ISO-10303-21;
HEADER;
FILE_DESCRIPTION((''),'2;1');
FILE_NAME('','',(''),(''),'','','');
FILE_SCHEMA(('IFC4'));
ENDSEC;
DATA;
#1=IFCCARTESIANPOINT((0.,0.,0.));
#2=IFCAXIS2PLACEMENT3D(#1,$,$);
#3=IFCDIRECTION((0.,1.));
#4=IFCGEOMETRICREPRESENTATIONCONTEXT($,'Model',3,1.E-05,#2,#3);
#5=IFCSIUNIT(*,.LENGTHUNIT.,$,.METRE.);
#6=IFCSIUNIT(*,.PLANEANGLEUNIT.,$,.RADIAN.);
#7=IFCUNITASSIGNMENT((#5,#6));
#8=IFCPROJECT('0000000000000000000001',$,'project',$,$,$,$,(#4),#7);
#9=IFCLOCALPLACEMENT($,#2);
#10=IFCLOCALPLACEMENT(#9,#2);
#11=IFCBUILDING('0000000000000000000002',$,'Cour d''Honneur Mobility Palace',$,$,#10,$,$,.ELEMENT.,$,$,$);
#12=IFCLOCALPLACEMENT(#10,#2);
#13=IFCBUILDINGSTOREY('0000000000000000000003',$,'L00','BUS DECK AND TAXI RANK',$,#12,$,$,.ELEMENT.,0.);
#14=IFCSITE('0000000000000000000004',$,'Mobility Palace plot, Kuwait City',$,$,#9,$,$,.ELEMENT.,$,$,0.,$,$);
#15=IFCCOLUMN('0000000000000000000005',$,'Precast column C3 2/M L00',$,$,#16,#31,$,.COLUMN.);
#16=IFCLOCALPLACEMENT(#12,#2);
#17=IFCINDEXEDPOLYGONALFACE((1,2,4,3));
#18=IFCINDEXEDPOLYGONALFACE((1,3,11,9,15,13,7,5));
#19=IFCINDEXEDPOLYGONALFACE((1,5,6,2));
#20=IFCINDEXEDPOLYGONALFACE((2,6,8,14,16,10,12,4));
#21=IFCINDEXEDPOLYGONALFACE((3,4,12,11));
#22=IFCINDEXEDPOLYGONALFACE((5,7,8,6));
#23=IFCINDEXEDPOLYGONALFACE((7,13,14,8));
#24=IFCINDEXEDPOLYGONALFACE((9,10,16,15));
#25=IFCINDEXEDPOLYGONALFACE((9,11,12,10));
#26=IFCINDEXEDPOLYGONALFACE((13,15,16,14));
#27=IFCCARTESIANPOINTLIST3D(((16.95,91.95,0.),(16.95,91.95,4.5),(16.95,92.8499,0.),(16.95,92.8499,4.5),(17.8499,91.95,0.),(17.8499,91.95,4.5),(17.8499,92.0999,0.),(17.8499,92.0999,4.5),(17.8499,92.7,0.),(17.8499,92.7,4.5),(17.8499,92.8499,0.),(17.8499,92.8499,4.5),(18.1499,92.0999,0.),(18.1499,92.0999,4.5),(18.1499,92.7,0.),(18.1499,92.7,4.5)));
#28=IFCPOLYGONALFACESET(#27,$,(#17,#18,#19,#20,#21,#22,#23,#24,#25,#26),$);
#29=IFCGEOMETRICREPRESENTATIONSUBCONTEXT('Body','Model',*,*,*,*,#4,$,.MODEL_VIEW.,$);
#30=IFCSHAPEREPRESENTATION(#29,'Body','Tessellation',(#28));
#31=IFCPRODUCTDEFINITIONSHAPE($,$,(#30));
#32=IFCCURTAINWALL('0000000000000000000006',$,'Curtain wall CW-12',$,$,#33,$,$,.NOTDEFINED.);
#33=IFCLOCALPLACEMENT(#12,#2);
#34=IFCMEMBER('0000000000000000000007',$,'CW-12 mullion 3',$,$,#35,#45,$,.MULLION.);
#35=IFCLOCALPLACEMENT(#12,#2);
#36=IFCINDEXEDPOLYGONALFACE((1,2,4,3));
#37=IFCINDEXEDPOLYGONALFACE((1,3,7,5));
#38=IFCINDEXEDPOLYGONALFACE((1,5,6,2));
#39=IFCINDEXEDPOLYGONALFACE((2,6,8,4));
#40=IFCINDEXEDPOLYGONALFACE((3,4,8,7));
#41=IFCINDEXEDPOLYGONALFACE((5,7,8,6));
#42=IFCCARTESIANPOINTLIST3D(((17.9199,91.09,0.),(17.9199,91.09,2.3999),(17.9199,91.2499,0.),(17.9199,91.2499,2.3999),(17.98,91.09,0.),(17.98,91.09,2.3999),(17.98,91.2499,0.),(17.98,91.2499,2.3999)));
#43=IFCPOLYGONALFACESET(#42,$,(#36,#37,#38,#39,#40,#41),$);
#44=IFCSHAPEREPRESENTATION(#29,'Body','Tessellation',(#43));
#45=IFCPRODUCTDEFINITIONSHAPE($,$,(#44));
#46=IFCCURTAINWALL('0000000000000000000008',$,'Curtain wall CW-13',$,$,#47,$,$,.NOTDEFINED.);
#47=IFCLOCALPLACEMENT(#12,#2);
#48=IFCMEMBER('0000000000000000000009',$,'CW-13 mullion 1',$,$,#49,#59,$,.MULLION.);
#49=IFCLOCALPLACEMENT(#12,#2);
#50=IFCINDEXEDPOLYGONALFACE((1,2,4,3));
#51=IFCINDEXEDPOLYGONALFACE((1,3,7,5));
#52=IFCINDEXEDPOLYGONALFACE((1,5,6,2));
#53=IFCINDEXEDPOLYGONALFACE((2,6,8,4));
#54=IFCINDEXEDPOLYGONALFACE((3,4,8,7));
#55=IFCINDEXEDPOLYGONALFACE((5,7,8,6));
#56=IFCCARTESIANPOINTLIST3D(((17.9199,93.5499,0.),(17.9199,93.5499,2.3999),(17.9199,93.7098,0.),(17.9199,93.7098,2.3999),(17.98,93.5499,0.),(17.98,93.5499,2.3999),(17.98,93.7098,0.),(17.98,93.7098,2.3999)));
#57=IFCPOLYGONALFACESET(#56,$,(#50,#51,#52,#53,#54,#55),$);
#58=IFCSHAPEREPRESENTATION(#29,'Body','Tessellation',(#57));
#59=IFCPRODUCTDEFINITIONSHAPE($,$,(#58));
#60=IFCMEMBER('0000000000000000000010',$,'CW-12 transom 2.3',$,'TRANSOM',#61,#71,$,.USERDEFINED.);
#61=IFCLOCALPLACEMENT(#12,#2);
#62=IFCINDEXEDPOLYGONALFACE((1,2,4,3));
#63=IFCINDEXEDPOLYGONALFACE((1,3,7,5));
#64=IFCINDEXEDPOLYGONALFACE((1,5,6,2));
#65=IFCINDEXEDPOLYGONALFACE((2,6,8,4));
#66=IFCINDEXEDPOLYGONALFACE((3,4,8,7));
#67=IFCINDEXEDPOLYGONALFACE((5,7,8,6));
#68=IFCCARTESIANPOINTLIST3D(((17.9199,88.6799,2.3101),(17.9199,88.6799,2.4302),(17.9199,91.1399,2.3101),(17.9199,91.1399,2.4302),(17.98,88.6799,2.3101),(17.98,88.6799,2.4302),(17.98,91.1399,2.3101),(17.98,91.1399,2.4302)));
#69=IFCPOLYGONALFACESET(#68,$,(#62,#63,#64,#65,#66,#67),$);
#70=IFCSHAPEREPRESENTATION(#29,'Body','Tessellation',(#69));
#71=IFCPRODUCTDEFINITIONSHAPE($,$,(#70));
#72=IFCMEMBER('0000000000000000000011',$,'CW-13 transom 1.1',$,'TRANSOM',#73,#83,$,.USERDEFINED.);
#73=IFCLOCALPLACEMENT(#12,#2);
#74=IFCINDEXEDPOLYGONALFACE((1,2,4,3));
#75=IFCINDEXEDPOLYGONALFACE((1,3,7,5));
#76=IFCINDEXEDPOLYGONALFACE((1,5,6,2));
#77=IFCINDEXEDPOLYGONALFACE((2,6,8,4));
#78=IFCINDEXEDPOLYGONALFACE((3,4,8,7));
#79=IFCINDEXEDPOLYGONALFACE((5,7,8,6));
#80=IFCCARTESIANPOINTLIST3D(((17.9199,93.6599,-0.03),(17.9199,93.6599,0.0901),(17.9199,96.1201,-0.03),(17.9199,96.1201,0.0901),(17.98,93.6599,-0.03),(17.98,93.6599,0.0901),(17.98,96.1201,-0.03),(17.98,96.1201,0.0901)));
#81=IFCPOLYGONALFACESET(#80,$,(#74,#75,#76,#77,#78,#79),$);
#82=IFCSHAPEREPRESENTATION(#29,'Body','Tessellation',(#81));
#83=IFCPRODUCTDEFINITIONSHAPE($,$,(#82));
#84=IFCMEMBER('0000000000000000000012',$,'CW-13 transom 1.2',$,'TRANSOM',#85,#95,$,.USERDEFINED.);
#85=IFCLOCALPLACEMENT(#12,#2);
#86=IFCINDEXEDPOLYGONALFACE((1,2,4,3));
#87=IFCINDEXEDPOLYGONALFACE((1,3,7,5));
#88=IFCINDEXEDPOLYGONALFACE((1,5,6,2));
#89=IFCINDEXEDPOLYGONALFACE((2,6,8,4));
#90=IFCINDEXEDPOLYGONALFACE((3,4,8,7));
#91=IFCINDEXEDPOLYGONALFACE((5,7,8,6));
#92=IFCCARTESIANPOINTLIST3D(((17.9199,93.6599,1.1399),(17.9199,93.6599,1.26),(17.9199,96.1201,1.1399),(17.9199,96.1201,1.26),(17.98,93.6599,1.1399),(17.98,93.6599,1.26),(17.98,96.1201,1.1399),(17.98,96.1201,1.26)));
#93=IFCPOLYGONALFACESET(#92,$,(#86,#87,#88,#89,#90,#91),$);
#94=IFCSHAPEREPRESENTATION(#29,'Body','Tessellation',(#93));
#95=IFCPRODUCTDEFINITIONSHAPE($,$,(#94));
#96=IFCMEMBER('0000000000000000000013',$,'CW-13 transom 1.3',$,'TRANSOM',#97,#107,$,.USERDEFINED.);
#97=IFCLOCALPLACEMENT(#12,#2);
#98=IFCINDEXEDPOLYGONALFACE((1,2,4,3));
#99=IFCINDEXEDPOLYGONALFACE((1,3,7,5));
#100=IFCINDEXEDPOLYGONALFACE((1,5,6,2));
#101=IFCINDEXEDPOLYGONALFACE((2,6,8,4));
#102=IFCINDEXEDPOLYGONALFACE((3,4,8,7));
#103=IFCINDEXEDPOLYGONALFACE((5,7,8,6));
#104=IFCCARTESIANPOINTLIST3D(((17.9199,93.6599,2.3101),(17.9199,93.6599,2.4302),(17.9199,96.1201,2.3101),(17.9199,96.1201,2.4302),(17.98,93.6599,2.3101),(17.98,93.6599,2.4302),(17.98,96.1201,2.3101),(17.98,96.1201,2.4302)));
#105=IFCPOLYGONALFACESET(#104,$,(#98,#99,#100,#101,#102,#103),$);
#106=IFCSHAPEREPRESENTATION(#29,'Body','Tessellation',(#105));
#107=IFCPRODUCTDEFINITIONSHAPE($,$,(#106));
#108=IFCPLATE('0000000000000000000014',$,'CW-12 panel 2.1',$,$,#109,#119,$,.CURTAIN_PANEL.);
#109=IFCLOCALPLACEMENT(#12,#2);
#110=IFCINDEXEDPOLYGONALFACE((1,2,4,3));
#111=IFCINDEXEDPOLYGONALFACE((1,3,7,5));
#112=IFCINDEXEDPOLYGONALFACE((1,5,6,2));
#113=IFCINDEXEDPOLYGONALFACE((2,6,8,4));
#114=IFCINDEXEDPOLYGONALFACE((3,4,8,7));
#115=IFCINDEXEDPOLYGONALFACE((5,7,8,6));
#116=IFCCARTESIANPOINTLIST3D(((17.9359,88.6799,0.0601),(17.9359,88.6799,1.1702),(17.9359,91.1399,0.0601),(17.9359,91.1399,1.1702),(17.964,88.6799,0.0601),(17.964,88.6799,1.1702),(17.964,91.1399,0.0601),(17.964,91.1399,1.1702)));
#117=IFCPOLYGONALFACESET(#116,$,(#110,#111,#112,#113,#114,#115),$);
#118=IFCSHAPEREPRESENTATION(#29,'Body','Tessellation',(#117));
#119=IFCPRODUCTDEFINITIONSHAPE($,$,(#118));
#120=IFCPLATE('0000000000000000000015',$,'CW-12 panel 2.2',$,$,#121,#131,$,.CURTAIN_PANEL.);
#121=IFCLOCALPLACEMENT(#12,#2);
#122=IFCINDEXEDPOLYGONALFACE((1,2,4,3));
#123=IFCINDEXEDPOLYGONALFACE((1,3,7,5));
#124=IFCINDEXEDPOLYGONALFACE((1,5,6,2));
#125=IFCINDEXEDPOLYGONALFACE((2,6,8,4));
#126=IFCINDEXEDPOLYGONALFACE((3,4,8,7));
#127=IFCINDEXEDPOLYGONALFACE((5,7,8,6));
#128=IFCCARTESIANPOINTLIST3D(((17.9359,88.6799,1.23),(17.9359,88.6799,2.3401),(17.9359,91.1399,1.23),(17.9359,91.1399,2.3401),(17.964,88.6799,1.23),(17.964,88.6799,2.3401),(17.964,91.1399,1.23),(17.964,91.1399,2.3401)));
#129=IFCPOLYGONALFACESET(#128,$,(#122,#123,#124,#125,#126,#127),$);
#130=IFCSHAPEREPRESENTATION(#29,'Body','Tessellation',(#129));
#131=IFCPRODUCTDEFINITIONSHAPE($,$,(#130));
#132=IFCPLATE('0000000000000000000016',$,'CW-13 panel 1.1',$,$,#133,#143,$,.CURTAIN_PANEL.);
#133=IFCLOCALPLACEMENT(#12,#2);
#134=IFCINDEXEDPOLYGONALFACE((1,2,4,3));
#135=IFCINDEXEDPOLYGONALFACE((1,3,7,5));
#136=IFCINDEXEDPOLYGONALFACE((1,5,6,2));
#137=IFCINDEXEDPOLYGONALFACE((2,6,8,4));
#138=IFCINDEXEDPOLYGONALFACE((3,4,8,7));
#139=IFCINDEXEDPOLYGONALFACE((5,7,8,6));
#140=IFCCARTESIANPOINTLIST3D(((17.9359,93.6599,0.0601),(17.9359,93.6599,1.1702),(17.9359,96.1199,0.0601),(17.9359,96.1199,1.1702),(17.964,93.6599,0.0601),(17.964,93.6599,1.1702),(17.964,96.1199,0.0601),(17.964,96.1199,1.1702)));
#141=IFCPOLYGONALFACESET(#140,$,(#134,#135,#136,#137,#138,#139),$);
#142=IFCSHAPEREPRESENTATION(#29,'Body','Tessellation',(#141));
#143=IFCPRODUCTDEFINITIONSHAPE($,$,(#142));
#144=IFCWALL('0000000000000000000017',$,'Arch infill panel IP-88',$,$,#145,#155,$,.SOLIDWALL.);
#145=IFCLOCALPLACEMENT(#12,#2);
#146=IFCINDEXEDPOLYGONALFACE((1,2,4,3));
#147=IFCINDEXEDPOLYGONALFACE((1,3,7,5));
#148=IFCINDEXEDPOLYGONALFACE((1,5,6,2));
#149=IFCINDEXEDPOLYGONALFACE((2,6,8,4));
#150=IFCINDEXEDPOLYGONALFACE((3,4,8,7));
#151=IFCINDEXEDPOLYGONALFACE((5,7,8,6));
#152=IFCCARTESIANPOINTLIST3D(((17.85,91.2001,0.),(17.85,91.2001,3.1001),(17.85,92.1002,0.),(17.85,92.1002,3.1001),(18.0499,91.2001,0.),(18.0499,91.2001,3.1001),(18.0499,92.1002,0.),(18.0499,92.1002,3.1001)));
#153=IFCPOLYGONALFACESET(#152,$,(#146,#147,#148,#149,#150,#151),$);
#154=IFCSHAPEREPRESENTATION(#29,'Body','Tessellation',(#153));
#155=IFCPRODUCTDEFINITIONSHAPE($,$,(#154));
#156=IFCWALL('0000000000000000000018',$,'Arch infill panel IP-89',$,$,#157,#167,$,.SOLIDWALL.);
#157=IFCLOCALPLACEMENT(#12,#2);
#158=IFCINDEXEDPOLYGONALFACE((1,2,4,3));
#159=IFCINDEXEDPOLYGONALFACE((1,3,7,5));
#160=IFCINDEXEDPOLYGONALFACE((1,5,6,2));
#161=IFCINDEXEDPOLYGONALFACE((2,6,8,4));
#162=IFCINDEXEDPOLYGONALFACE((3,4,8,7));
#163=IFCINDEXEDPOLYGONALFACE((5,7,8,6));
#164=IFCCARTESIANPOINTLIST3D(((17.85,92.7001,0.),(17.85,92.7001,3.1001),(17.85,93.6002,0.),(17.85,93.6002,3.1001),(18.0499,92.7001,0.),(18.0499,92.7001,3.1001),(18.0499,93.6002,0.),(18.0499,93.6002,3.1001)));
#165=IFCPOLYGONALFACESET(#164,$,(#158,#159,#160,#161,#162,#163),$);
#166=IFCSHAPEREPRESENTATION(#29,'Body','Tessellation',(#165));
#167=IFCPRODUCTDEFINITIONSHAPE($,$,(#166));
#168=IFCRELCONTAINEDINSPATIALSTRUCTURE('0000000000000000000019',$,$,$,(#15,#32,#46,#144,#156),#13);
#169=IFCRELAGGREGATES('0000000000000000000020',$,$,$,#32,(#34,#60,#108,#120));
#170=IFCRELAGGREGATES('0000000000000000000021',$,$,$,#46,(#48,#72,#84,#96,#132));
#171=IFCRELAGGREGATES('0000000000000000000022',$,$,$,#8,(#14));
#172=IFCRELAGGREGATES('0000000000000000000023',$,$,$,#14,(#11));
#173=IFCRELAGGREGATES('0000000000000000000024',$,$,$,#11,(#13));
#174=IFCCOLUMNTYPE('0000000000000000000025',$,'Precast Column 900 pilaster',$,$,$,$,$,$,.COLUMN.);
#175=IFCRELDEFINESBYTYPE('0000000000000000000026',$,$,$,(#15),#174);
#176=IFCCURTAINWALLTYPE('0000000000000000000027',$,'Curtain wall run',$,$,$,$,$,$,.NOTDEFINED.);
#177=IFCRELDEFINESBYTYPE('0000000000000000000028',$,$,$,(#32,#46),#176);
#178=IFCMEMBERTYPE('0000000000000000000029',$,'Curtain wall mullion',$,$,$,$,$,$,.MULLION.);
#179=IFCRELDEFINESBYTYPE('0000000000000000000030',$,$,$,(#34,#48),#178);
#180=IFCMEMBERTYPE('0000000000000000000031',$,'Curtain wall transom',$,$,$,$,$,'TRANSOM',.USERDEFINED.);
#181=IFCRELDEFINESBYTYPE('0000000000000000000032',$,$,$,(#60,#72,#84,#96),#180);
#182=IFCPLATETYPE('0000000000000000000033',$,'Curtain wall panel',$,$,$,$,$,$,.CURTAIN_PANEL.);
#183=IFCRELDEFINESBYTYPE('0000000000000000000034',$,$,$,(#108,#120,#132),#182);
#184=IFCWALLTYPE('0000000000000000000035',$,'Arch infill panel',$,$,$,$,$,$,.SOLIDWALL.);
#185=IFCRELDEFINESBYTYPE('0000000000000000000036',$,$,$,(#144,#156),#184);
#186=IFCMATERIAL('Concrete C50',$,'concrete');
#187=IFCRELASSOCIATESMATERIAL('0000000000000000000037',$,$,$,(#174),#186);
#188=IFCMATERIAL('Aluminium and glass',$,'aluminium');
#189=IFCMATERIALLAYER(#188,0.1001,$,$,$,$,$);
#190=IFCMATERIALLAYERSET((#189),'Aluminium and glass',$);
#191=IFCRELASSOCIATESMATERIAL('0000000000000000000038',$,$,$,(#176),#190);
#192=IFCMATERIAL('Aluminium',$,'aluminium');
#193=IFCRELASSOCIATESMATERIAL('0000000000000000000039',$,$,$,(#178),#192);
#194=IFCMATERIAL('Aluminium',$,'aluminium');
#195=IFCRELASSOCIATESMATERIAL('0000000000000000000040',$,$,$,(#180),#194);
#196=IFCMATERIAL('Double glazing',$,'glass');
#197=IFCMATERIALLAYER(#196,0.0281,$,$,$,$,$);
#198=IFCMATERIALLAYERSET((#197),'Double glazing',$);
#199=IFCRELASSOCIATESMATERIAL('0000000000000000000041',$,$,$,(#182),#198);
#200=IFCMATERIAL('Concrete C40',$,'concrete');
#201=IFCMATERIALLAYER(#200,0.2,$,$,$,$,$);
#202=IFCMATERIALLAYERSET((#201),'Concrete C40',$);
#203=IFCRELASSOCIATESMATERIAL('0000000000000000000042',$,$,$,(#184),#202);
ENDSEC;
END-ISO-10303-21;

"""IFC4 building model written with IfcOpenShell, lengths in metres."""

from ifc_helpers import new_model, si_unit, direction, frame, frame_2d, origin, origin_2d, place, context, subcontext, project, spatial, polyline, rectangle, outline, extrude, material, layer, layer_set, material_profile, profile_set, type_object, element, aggregate, save


model = new_model("IFC4")

# Units and contexts
model_context = context("Model", 3, precision=1e-05, world=origin(), true_north=direction((0.0, 1.0)))
body_context = subcontext(model_context, "Body", "Model", "MODEL_VIEW")
ifc_project = project(units=[si_unit("LENGTHUNIT", "METRE"), si_unit("PLANEANGLEUNIT", "RADIAN")], contexts=[model_context])

# Site, building, storey
site_placement = place(None, origin())
site = spatial("IfcSite", under=ifc_project, at=site_placement, Name="Mobility Palace plot, Kuwait City", CompositionType="ELEMENT", RefElevation=0.0)
building_placement = place(site_placement, origin())
building = spatial("IfcBuilding", under=site, at=building_placement, Name="Cour d'Honneur Mobility Palace", CompositionType="ELEMENT")
storey_placement = place(building_placement, origin())
storey = spatial("IfcBuildingStorey", under=building, at=storey_placement, Name="L00", Description="BUS DECK AND TAXI RANK", CompositionType="ELEMENT", Elevation=0.0)

# Column
ifc_material_1 = material(Name="Concrete C50", Category="concrete")
ifc_material_profile_1 = material_profile(ifc_material_1, outline(polyline([(-0.45, -0.45), (0.45, -0.45), (0.45, -0.3), (0.75, -0.3), (0.75, 0.3), (0.45, 0.3), (0.45, 0.45), (-0.45, 0.45), (-0.45, -0.45)])), Name="PC C900 pilaster")
ifc_profile_set_1 = profile_set([ifc_material_profile_1], Name="Concrete C50")
column_type_1 = type_object("IfcColumnType", Name="Precast Column 900 pilaster", PredefinedType="COLUMN", material=ifc_profile_set_1)
column_placement = place(storey_placement, frame((17.3999, 92.3999, 0.0), z_axis=(0.0, 0.0, 1.0), x_axis=(1.0, 0.0, 0.0)))
element("IfcColumn", 1, at=column_placement, inside=storey, type_object=column_type_1, Name="Precast column C3 2/M L00", PredefinedType="COLUMN", context=body_context, shape_type="SweptSolid", body=[
    extrude(outline(polyline([(-0.45, -0.45), (0.45, -0.45), (0.45, -0.3), (0.75, -0.3), (0.75, 0.3), (0.45, 0.3), (0.45, 0.45), (-0.45, 0.45), (-0.45, -0.45)])), origin(), (0.0, 0.0, 1.0), 4.5),
])

# Curtain walls, members
ifc_material_2 = material(Name="Aluminium and glass", Category="aluminium")
ifc_layer_1 = layer(ifc_material_2, 0.1001)
ifc_layer_set_1 = layer_set([ifc_layer_1], Name="Aluminium and glass")
curtain_wall_type = type_object("IfcCurtainWallType", Name="Curtain wall run", PredefinedType="NOTDEFINED", material=ifc_layer_set_1)
curtain_wall_1_placement = place(storey_placement, origin())
curtain_wall_1 = element("IfcCurtainWall", 2, at=curtain_wall_1_placement, inside=storey, type_object=curtain_wall_type, Name="Curtain wall CW-12", PredefinedType="NOTDEFINED")
ifc_material_3 = material(Name="Aluminium", Category="aluminium")
ifc_material_profile_2 = material_profile(ifc_material_3, rectangle(XDim=0.0601, YDim=0.1599, at=origin_2d()), Name="Curtain wall mullion")
ifc_profile_set_2 = profile_set([ifc_material_profile_2], Name="Aluminium")
member_type_1 = type_object("IfcMemberType", Name="Curtain wall mullion", PredefinedType="MULLION", material=ifc_profile_set_2)
member_1_placement = place(storey_placement, frame((17.95, 91.1699, 0.0), z_axis=(0.0, 0.0, 1.0), x_axis=(-1.0, 0.0, 0.0)))
member_1 = element("IfcMember", 3, at=member_1_placement, type_object=member_type_1, Name="CW-12 mullion 3", PredefinedType="MULLION", context=body_context, shape_type="SweptSolid", body=[
    extrude(rectangle(XDim=0.0601, YDim=0.1599, at=origin_2d()), origin(), (0.0, 0.0, 1.0), 2.3999),
])
curtain_wall_2_placement = place(storey_placement, origin())
curtain_wall_2 = element("IfcCurtainWall", 4, at=curtain_wall_2_placement, inside=storey, type_object=curtain_wall_type, Name="Curtain wall CW-13", PredefinedType="NOTDEFINED")
member_2_placement = place(storey_placement, frame((17.95, 93.6299, 0.0), z_axis=(0.0, 0.0, 1.0), x_axis=(-1.0, 0.0, 0.0)))
member_2 = element("IfcMember", 5, at=member_2_placement, type_object=member_type_1, Name="CW-13 mullion 1", PredefinedType="MULLION", context=body_context, shape_type="SweptSolid", body=[
    extrude(rectangle(XDim=0.0601, YDim=0.1599, at=origin_2d()), origin(), (0.0, 0.0, 1.0), 2.3999),
])

# Members
ifc_material_4 = material(Name="Aluminium", Category="aluminium")
ifc_material_profile_3 = material_profile(ifc_material_4, rectangle(XDim=0.0601, YDim=0.1201, at=origin_2d()), Name="Curtain wall transom")
ifc_profile_set_3 = profile_set([ifc_material_profile_3], Name="Aluminium")
member_type_2 = type_object("IfcMemberType", Name="Curtain wall transom", ElementType="TRANSOM", PredefinedType="USERDEFINED", material=ifc_profile_set_3)
member_3_placement = place(storey_placement, frame((17.95, 88.6799, 2.3701), z_axis=(0.0, 1.0, 0.0), x_axis=(-1.0, 0.0, 0.0)))
member_3 = element("IfcMember", 6, at=member_3_placement, type_object=member_type_2, Name="CW-12 transom 2.3", ObjectType="TRANSOM", PredefinedType="USERDEFINED", context=body_context, shape_type="SweptSolid", body=[
    extrude(rectangle(XDim=0.0601, YDim=0.1201, at=origin_2d()), origin(), (0.0, 0.0, 1.0), 2.46),
])
member_4_placement = place(storey_placement, frame((17.95, 93.6599, 0.03), z_axis=(0.0, 1.0, 0.0), x_axis=(-1.0, 0.0, 0.0)))
member_4 = element("IfcMember", 7, at=member_4_placement, type_object=member_type_2, Name="CW-13 transom 1.1", ObjectType="TRANSOM", PredefinedType="USERDEFINED", context=body_context, shape_type="SweptSolid", body=[
    extrude(rectangle(XDim=0.0601, YDim=0.1201, at=origin_2d()), origin(), (0.0, 0.0, 1.0), 2.4602),
])
member_5_placement = place(storey_placement, frame((17.95, 93.6599, 1.2), z_axis=(0.0, 1.0, 0.0), x_axis=(-1.0, 0.0, 0.0)))
member_5 = element("IfcMember", 8, at=member_5_placement, type_object=member_type_2, Name="CW-13 transom 1.2", ObjectType="TRANSOM", PredefinedType="USERDEFINED", context=body_context, shape_type="SweptSolid", body=[
    extrude(rectangle(XDim=0.0601, YDim=0.1201, at=origin_2d()), origin(), (0.0, 0.0, 1.0), 2.4602),
])
member_6_placement = place(storey_placement, frame((17.95, 93.6599, 2.3701), z_axis=(0.0, 1.0, 0.0), x_axis=(-1.0, 0.0, 0.0)))
member_6 = element("IfcMember", 9, at=member_6_placement, type_object=member_type_2, Name="CW-13 transom 1.3", ObjectType="TRANSOM", PredefinedType="USERDEFINED", context=body_context, shape_type="SweptSolid", body=[
    extrude(rectangle(XDim=0.0601, YDim=0.1201, at=origin_2d()), origin(), (0.0, 0.0, 1.0), 2.4602),
])

# Plates
ifc_material_5 = material(Name="Double glazing", Category="glass")
ifc_layer_2 = layer(ifc_material_5, 0.0281)
ifc_layer_set_2 = layer_set([ifc_layer_2], Name="Double glazing")
plate_type = type_object("IfcPlateType", Name="Curtain wall panel", PredefinedType="CURTAIN_PANEL", material=ifc_layer_set_2)
plate_1_placement = place(storey_placement, frame((17.95, 89.9099, 0.0601), z_axis=(0.0, 0.0, 1.0), x_axis=(0.0, 1.0, 0.0)))
plate_1 = element("IfcPlate", 10, at=plate_1_placement, type_object=plate_type, Name="CW-12 panel 2.1", PredefinedType="CURTAIN_PANEL", context=body_context, shape_type="SweptSolid", body=[
    extrude(rectangle(XDim=2.46, YDim=0.0281, at=origin_2d()), origin(), (0.0, 0.0, 1.0), 1.1101),
])
plate_2_placement = place(storey_placement, frame((17.95, 89.9099, 1.23), z_axis=(0.0, 0.0, 1.0), x_axis=(0.0, 1.0, 0.0)))
plate_2 = element("IfcPlate", 11, at=plate_2_placement, type_object=plate_type, Name="CW-12 panel 2.2", PredefinedType="CURTAIN_PANEL", context=body_context, shape_type="SweptSolid", body=[
    extrude(rectangle(XDim=2.46, YDim=0.0281, at=origin_2d()), origin(), (0.0, 0.0, 1.0), 1.1101),
])
aggregate(curtain_wall_1, [member_1, member_3, plate_1, plate_2])
plate_3_placement = place(storey_placement, frame((17.95, 94.8899, 0.0601), z_axis=(0.0, 0.0, 1.0), x_axis=(0.0, 1.0, 0.0)))
plate_3 = element("IfcPlate", 12, at=plate_3_placement, type_object=plate_type, Name="CW-13 panel 1.1", PredefinedType="CURTAIN_PANEL", context=body_context, shape_type="SweptSolid", body=[
    extrude(rectangle(XDim=2.46, YDim=0.0281, at=origin_2d()), origin(), (0.0, 0.0, 1.0), 1.1101),
])
aggregate(curtain_wall_2, [member_2, member_4, member_5, member_6, plate_3])

# Walls
ifc_material_6 = material(Name="Concrete C40", Category="concrete")
ifc_layer_3 = layer(ifc_material_6, 0.2)
ifc_layer_set_3 = layer_set([ifc_layer_3], Name="Concrete C40")
wall_type = type_object("IfcWallType", Name="Arch infill panel", PredefinedType="SOLIDWALL", material=ifc_layer_set_3)
for number, where, z_axis, x_axis, name in (
    (13, (17.95, 91.2, 0.0), (0.0, 0.0, 1.0), (0.0, 1.0, 0.0), "Arch infill panel IP-88"),
    (14, (17.95, 92.7, 0.0), (0.0, 0.0, 1.0), (0.0, 1.0, 0.0), "Arch infill panel IP-89"),
):
    element("IfcWall", number, at=place(storey_placement, frame(where, z_axis=z_axis, x_axis=x_axis)), inside=storey, type_object=wall_type, Name=name, PredefinedType="SOLIDWALL", context=body_context, shape_type="SweptSolid", body=[
        extrude(rectangle(XDim=0.9001, YDim=0.2, at=frame_2d((0.4502, 0.0))), origin(), (0.0, 0.0, 1.0), 3.1001),
    ])

save(model, "model.ifc")
